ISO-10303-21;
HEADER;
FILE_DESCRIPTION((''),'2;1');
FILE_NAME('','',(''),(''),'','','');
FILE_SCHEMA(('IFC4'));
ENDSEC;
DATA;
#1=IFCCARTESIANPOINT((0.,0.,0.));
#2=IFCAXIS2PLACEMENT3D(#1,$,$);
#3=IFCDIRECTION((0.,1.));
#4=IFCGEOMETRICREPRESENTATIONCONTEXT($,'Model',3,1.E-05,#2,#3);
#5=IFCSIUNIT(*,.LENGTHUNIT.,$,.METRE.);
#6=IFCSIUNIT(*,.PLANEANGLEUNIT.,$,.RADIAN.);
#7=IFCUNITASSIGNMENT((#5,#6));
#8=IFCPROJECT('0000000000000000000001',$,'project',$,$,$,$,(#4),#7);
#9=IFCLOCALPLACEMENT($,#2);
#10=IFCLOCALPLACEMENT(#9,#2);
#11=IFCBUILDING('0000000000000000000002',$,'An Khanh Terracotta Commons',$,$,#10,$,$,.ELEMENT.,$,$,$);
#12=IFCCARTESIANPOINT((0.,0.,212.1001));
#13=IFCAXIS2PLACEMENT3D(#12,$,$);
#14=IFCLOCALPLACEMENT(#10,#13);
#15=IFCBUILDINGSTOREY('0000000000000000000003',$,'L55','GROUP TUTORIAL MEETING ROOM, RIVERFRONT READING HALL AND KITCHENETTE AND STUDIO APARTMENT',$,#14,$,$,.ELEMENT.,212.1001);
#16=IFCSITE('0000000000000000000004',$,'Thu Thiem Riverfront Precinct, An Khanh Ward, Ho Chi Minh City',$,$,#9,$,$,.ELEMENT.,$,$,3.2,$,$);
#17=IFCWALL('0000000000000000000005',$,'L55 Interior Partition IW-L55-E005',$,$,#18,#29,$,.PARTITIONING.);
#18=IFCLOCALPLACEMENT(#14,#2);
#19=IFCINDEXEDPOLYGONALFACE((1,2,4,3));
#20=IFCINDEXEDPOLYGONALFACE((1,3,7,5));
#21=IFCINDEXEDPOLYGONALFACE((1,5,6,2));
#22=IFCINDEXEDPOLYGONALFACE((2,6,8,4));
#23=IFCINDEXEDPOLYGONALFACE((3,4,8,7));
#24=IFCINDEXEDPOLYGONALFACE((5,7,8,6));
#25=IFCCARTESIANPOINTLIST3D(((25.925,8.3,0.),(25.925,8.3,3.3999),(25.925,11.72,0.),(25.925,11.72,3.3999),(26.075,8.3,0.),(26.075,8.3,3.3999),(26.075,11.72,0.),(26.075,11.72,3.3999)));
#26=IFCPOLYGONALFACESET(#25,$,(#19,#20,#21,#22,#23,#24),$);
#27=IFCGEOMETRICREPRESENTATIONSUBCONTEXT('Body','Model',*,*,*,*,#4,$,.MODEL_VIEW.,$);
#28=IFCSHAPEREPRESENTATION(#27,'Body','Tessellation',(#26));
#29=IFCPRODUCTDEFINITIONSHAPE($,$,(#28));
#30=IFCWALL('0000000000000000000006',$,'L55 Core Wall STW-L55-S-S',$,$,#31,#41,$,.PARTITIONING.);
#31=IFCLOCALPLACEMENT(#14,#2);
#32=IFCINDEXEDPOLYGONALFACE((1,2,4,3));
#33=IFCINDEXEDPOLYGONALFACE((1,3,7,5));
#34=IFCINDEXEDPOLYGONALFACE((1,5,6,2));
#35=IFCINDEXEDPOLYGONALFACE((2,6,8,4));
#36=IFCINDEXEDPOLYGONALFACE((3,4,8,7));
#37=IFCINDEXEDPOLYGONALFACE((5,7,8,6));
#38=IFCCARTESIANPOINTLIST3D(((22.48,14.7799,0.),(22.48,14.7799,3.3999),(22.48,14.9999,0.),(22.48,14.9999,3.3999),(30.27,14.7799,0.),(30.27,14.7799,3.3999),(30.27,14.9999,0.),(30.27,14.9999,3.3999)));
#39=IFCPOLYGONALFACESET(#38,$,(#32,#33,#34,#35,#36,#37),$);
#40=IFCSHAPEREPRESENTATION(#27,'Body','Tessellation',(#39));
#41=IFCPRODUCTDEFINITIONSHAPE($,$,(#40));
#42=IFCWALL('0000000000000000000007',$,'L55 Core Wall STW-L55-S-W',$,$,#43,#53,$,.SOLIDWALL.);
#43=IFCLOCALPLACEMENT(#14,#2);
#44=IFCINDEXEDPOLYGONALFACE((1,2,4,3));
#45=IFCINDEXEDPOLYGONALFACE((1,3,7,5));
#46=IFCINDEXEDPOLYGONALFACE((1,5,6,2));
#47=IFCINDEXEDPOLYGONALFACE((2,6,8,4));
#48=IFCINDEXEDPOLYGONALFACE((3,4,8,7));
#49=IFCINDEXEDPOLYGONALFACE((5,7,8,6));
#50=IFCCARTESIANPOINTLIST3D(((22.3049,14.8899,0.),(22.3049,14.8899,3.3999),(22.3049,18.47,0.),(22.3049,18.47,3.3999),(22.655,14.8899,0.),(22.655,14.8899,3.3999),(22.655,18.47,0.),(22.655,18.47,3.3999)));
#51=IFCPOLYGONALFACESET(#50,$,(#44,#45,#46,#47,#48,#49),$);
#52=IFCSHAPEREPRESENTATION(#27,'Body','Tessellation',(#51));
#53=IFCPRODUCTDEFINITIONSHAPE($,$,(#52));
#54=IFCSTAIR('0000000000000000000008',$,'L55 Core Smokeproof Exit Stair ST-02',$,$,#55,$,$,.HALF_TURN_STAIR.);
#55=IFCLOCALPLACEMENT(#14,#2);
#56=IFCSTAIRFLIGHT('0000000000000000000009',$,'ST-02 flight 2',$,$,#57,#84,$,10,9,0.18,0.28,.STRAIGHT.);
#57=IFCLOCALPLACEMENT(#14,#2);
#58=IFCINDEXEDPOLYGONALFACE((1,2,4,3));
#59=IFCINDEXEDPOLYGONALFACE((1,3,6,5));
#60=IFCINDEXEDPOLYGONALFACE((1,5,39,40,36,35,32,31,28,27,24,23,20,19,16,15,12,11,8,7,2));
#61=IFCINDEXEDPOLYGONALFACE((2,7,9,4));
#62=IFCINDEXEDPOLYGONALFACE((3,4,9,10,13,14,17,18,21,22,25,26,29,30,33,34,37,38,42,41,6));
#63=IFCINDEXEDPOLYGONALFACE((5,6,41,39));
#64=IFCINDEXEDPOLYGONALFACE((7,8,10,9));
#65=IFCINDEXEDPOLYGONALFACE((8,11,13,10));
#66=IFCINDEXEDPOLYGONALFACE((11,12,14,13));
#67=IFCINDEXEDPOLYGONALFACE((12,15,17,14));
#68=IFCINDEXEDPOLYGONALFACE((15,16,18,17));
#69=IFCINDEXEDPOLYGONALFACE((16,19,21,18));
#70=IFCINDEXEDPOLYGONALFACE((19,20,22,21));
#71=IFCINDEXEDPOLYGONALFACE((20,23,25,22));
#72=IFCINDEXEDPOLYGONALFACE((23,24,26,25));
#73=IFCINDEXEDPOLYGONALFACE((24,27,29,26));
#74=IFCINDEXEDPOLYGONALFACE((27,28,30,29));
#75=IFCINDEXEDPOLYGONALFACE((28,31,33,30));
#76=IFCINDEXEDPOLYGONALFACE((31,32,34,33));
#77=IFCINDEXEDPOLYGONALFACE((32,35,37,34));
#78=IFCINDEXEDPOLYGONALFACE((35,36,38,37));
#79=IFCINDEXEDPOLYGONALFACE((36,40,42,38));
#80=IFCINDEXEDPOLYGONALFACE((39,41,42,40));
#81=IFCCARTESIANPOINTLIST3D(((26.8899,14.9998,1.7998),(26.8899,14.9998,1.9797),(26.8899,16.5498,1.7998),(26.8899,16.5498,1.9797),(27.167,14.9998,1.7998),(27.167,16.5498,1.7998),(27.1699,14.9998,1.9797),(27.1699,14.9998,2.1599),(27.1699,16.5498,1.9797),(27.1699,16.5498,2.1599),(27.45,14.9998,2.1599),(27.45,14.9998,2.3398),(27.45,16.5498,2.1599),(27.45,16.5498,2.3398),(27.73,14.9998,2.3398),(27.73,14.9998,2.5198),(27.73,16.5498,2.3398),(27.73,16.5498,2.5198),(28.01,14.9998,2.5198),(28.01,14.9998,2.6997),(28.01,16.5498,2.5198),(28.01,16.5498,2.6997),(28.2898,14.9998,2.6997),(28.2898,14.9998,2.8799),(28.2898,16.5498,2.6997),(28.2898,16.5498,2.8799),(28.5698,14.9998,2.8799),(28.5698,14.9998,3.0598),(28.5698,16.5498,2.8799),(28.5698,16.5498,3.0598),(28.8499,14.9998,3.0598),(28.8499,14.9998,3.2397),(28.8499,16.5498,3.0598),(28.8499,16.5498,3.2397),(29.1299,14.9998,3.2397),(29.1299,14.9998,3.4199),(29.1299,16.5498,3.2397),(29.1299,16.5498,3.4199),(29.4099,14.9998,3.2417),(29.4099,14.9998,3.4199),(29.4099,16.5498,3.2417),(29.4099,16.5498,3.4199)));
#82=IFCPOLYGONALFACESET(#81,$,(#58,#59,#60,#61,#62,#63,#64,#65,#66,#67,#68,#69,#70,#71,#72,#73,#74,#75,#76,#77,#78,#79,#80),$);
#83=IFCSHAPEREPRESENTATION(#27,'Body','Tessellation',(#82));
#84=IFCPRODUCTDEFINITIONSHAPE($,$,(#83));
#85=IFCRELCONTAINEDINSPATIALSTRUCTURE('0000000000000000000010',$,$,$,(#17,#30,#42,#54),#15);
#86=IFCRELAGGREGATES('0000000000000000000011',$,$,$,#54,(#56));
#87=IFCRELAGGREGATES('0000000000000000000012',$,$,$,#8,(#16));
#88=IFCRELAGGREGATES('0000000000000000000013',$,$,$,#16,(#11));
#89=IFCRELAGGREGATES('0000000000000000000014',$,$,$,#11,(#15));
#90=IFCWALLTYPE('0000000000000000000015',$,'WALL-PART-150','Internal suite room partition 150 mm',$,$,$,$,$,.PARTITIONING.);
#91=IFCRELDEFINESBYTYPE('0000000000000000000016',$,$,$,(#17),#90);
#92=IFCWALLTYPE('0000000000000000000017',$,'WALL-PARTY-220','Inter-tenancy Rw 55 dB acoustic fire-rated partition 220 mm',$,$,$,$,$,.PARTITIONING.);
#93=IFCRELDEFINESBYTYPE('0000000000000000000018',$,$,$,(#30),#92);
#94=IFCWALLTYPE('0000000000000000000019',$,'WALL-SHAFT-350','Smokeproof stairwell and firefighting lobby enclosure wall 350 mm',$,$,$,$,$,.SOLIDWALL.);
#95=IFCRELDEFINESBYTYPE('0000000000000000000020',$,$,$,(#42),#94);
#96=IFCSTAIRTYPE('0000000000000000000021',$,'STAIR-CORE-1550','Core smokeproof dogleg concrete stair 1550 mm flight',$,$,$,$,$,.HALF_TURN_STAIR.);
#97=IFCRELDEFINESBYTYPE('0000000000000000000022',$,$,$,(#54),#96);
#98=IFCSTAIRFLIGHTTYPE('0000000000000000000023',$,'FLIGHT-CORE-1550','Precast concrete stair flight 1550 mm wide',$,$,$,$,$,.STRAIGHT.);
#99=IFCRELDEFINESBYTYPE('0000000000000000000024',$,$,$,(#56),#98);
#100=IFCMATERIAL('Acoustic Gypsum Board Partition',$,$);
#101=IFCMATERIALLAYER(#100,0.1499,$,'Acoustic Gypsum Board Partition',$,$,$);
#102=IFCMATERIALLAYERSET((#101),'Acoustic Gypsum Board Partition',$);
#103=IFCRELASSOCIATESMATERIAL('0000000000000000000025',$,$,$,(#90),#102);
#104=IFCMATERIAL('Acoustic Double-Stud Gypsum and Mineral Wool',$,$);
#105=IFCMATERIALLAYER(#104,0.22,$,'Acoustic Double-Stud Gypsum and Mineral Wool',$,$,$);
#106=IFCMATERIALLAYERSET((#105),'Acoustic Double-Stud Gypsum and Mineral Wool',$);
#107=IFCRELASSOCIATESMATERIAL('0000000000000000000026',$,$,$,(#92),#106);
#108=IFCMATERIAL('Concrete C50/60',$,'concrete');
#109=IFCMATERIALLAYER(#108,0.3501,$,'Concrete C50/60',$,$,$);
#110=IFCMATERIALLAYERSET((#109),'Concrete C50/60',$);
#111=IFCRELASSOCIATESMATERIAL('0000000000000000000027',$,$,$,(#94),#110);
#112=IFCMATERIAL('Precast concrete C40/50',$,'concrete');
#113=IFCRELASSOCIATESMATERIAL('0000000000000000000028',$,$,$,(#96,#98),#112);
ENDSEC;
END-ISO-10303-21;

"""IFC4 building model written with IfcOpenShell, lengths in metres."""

from ifc_helpers import new_model, si_unit, direction, frame, frame_2d, origin, place, context, subcontext, project, spatial, polyline, rectangle, outline, extrude, material, layer, layer_set, type_object, element, aggregate, save


model = new_model("IFC4")

# Units and contexts
model_context = context("Model", 3, precision=1e-05, world=origin(), true_north=direction((0.0, 1.0)))
body_context = subcontext(model_context, "Body", "Model", "MODEL_VIEW")
ifc_project = project(units=[si_unit("LENGTHUNIT", "METRE"), si_unit("PLANEANGLEUNIT", "RADIAN")], contexts=[model_context])

# Site, building, storey
site_placement = place(None, origin())
site = spatial("IfcSite", under=ifc_project, at=site_placement, Name="Thu Thiem Riverfront Precinct, An Khanh Ward, Ho Chi Minh City", CompositionType="ELEMENT", RefElevation=3.2)
building_placement = place(site_placement, origin())
building = spatial("IfcBuilding", under=site, at=building_placement, Name="An Khanh Terracotta Commons", CompositionType="ELEMENT")
storey_placement = place(building_placement, frame((0.0, 0.0, 212.1001)))
storey = spatial("IfcBuildingStorey", under=building, at=storey_placement, Name="L55", Description="GROUP TUTORIAL MEETING ROOM, RIVERFRONT READING HALL AND KITCHENETTE AND STUDIO APARTMENT", CompositionType="ELEMENT", Elevation=212.1001)

# Shared definitions
ifc_material_1 = material(Name="Concrete C50/60", Category="concrete")
ifc_material_2 = material(Name="Precast concrete C40/50", Category="concrete")

# Walls
ifc_material_3 = material(Name="Acoustic Gypsum Board Partition")
ifc_layer_1 = layer(ifc_material_3, 0.1499, Name="Acoustic Gypsum Board Partition")
ifc_layer_set_1 = layer_set([ifc_layer_1], Name="Acoustic Gypsum Board Partition")
wall_type_1 = type_object("IfcWallType", Name="WALL-PART-150", Description="Internal suite room partition 150 mm", PredefinedType="PARTITIONING", material=ifc_layer_set_1)
wall_1_placement = place(storey_placement, frame((26.0, 8.3, 0.0), z_axis=(0.0, 0.0, 1.0), x_axis=(0.0, 1.0, 0.0)))
element("IfcWall", 1, at=wall_1_placement, inside=storey, type_object=wall_type_1, Name="L55 Interior Partition IW-L55-E005", PredefinedType="PARTITIONING", context=body_context, shape_type="SweptSolid", body=[
    extrude(rectangle(XDim=3.4199, YDim=0.1499, at=frame_2d((1.71, 0.0))), origin(), (0.0, 0.0, 1.0), 3.3999),
])
ifc_material_4 = material(Name="Acoustic Double-Stud Gypsum and Mineral Wool")
ifc_layer_2 = layer(ifc_material_4, 0.22, Name="Acoustic Double-Stud Gypsum and Mineral Wool")
ifc_layer_set_2 = layer_set([ifc_layer_2], Name="Acoustic Double-Stud Gypsum and Mineral Wool")
wall_type_2 = type_object("IfcWallType", Name="WALL-PARTY-220", Description="Inter-tenancy Rw 55 dB acoustic fire-rated partition 220 mm", PredefinedType="PARTITIONING", material=ifc_layer_set_2)
wall_2_placement = place(storey_placement, frame((22.48, 14.8899, 0.0), z_axis=(0.0, 0.0, 1.0), x_axis=(1.0, 0.0, 0.0)))
element("IfcWall", 2, at=wall_2_placement, inside=storey, type_object=wall_type_2, Name="L55 Core Wall STW-L55-S-S", PredefinedType="PARTITIONING", context=body_context, shape_type="SweptSolid", body=[
    extrude(rectangle(XDim=7.79, YDim=0.22, at=frame_2d((3.895, 0.0))), origin(), (0.0, 0.0, 1.0), 3.3999),
])
ifc_layer_3 = layer(ifc_material_1, 0.3501, Name="Concrete C50/60")
ifc_layer_set_3 = layer_set([ifc_layer_3], Name="Concrete C50/60")
wall_type_3 = type_object("IfcWallType", Name="WALL-SHAFT-350", Description="Smokeproof stairwell and firefighting lobby enclosure wall 350 mm", PredefinedType="SOLIDWALL", material=ifc_layer_set_3)
wall_3_placement = place(storey_placement, frame((22.48, 14.8899, 0.0), z_axis=(0.0, 0.0, 1.0), x_axis=(0.0, 1.0, 0.0)))
element("IfcWall", 3, at=wall_3_placement, inside=storey, type_object=wall_type_3, Name="L55 Core Wall STW-L55-S-W", PredefinedType="SOLIDWALL", context=body_context, shape_type="SweptSolid", body=[
    extrude(rectangle(XDim=3.5801, YDim=0.3501, at=frame_2d((1.79, 0.0))), origin(), (0.0, 0.0, 1.0), 3.3999),
])

# Stair, stair flight
stair_type = type_object("IfcStairType", Name="STAIR-CORE-1550", Description="Core smokeproof dogleg concrete stair 1550 mm flight", PredefinedType="HALF_TURN_STAIR", material=ifc_material_2)
stair_placement = place(storey_placement, origin())
stair = element("IfcStair", 4, at=stair_placement, inside=storey, type_object=stair_type, Name="L55 Core Smokeproof Exit Stair ST-02", PredefinedType="HALF_TURN_STAIR")
stair_flight_type = type_object("IfcStairFlightType", Name="FLIGHT-CORE-1550", Description="Precast concrete stair flight 1550 mm wide", PredefinedType="STRAIGHT", material=ifc_material_2)
stair_flight_placement = place(storey_placement, frame((26.8899, 15.7749, 1.7998), z_axis=(0.0, 0.0, 1.0), x_axis=(1.0, 0.0, 0.0)))
stair_flight = element("IfcStairFlight", 5, at=stair_flight_placement, type_object=stair_flight_type, Name="ST-02 flight 2", NumberOfRisers=10, NumberOfTreads=9, PredefinedType="STRAIGHT", RiserHeight=0.18, TreadLength=0.28, context=body_context, shape_type="SweptSolid", body=[
    extrude(outline(polyline([(0.0, 0.0), (0.0, 0.1799), (0.28, 0.1799), (0.28, 0.3601), (0.5601, 0.3601), (0.5601, 0.54), (0.8401, 0.54), (0.8401, 0.72), (1.1201, 0.72), (1.1201, 0.8999), (1.3999, 0.8999), (1.3999, 1.0801), (1.6799, 1.0801), (1.6799, 1.26), (1.96, 1.26), (1.96, 1.4399), (2.24, 1.4399), (2.24, 1.6201), (2.52, 1.6201), (2.52, 1.8), (2.52, 1.4419), (0.2771, 0.0), (0.0, 0.0)])), frame((0.0, 0.7749, 0.0), z_axis=(0.0, -1.0, 0.0), x_axis=(1.0, 0.0, 0.0)), (0.0, 0.0, 1.0), 1.55),
])
aggregate(stair, [stair_flight])

save(model, "model.ifc")
